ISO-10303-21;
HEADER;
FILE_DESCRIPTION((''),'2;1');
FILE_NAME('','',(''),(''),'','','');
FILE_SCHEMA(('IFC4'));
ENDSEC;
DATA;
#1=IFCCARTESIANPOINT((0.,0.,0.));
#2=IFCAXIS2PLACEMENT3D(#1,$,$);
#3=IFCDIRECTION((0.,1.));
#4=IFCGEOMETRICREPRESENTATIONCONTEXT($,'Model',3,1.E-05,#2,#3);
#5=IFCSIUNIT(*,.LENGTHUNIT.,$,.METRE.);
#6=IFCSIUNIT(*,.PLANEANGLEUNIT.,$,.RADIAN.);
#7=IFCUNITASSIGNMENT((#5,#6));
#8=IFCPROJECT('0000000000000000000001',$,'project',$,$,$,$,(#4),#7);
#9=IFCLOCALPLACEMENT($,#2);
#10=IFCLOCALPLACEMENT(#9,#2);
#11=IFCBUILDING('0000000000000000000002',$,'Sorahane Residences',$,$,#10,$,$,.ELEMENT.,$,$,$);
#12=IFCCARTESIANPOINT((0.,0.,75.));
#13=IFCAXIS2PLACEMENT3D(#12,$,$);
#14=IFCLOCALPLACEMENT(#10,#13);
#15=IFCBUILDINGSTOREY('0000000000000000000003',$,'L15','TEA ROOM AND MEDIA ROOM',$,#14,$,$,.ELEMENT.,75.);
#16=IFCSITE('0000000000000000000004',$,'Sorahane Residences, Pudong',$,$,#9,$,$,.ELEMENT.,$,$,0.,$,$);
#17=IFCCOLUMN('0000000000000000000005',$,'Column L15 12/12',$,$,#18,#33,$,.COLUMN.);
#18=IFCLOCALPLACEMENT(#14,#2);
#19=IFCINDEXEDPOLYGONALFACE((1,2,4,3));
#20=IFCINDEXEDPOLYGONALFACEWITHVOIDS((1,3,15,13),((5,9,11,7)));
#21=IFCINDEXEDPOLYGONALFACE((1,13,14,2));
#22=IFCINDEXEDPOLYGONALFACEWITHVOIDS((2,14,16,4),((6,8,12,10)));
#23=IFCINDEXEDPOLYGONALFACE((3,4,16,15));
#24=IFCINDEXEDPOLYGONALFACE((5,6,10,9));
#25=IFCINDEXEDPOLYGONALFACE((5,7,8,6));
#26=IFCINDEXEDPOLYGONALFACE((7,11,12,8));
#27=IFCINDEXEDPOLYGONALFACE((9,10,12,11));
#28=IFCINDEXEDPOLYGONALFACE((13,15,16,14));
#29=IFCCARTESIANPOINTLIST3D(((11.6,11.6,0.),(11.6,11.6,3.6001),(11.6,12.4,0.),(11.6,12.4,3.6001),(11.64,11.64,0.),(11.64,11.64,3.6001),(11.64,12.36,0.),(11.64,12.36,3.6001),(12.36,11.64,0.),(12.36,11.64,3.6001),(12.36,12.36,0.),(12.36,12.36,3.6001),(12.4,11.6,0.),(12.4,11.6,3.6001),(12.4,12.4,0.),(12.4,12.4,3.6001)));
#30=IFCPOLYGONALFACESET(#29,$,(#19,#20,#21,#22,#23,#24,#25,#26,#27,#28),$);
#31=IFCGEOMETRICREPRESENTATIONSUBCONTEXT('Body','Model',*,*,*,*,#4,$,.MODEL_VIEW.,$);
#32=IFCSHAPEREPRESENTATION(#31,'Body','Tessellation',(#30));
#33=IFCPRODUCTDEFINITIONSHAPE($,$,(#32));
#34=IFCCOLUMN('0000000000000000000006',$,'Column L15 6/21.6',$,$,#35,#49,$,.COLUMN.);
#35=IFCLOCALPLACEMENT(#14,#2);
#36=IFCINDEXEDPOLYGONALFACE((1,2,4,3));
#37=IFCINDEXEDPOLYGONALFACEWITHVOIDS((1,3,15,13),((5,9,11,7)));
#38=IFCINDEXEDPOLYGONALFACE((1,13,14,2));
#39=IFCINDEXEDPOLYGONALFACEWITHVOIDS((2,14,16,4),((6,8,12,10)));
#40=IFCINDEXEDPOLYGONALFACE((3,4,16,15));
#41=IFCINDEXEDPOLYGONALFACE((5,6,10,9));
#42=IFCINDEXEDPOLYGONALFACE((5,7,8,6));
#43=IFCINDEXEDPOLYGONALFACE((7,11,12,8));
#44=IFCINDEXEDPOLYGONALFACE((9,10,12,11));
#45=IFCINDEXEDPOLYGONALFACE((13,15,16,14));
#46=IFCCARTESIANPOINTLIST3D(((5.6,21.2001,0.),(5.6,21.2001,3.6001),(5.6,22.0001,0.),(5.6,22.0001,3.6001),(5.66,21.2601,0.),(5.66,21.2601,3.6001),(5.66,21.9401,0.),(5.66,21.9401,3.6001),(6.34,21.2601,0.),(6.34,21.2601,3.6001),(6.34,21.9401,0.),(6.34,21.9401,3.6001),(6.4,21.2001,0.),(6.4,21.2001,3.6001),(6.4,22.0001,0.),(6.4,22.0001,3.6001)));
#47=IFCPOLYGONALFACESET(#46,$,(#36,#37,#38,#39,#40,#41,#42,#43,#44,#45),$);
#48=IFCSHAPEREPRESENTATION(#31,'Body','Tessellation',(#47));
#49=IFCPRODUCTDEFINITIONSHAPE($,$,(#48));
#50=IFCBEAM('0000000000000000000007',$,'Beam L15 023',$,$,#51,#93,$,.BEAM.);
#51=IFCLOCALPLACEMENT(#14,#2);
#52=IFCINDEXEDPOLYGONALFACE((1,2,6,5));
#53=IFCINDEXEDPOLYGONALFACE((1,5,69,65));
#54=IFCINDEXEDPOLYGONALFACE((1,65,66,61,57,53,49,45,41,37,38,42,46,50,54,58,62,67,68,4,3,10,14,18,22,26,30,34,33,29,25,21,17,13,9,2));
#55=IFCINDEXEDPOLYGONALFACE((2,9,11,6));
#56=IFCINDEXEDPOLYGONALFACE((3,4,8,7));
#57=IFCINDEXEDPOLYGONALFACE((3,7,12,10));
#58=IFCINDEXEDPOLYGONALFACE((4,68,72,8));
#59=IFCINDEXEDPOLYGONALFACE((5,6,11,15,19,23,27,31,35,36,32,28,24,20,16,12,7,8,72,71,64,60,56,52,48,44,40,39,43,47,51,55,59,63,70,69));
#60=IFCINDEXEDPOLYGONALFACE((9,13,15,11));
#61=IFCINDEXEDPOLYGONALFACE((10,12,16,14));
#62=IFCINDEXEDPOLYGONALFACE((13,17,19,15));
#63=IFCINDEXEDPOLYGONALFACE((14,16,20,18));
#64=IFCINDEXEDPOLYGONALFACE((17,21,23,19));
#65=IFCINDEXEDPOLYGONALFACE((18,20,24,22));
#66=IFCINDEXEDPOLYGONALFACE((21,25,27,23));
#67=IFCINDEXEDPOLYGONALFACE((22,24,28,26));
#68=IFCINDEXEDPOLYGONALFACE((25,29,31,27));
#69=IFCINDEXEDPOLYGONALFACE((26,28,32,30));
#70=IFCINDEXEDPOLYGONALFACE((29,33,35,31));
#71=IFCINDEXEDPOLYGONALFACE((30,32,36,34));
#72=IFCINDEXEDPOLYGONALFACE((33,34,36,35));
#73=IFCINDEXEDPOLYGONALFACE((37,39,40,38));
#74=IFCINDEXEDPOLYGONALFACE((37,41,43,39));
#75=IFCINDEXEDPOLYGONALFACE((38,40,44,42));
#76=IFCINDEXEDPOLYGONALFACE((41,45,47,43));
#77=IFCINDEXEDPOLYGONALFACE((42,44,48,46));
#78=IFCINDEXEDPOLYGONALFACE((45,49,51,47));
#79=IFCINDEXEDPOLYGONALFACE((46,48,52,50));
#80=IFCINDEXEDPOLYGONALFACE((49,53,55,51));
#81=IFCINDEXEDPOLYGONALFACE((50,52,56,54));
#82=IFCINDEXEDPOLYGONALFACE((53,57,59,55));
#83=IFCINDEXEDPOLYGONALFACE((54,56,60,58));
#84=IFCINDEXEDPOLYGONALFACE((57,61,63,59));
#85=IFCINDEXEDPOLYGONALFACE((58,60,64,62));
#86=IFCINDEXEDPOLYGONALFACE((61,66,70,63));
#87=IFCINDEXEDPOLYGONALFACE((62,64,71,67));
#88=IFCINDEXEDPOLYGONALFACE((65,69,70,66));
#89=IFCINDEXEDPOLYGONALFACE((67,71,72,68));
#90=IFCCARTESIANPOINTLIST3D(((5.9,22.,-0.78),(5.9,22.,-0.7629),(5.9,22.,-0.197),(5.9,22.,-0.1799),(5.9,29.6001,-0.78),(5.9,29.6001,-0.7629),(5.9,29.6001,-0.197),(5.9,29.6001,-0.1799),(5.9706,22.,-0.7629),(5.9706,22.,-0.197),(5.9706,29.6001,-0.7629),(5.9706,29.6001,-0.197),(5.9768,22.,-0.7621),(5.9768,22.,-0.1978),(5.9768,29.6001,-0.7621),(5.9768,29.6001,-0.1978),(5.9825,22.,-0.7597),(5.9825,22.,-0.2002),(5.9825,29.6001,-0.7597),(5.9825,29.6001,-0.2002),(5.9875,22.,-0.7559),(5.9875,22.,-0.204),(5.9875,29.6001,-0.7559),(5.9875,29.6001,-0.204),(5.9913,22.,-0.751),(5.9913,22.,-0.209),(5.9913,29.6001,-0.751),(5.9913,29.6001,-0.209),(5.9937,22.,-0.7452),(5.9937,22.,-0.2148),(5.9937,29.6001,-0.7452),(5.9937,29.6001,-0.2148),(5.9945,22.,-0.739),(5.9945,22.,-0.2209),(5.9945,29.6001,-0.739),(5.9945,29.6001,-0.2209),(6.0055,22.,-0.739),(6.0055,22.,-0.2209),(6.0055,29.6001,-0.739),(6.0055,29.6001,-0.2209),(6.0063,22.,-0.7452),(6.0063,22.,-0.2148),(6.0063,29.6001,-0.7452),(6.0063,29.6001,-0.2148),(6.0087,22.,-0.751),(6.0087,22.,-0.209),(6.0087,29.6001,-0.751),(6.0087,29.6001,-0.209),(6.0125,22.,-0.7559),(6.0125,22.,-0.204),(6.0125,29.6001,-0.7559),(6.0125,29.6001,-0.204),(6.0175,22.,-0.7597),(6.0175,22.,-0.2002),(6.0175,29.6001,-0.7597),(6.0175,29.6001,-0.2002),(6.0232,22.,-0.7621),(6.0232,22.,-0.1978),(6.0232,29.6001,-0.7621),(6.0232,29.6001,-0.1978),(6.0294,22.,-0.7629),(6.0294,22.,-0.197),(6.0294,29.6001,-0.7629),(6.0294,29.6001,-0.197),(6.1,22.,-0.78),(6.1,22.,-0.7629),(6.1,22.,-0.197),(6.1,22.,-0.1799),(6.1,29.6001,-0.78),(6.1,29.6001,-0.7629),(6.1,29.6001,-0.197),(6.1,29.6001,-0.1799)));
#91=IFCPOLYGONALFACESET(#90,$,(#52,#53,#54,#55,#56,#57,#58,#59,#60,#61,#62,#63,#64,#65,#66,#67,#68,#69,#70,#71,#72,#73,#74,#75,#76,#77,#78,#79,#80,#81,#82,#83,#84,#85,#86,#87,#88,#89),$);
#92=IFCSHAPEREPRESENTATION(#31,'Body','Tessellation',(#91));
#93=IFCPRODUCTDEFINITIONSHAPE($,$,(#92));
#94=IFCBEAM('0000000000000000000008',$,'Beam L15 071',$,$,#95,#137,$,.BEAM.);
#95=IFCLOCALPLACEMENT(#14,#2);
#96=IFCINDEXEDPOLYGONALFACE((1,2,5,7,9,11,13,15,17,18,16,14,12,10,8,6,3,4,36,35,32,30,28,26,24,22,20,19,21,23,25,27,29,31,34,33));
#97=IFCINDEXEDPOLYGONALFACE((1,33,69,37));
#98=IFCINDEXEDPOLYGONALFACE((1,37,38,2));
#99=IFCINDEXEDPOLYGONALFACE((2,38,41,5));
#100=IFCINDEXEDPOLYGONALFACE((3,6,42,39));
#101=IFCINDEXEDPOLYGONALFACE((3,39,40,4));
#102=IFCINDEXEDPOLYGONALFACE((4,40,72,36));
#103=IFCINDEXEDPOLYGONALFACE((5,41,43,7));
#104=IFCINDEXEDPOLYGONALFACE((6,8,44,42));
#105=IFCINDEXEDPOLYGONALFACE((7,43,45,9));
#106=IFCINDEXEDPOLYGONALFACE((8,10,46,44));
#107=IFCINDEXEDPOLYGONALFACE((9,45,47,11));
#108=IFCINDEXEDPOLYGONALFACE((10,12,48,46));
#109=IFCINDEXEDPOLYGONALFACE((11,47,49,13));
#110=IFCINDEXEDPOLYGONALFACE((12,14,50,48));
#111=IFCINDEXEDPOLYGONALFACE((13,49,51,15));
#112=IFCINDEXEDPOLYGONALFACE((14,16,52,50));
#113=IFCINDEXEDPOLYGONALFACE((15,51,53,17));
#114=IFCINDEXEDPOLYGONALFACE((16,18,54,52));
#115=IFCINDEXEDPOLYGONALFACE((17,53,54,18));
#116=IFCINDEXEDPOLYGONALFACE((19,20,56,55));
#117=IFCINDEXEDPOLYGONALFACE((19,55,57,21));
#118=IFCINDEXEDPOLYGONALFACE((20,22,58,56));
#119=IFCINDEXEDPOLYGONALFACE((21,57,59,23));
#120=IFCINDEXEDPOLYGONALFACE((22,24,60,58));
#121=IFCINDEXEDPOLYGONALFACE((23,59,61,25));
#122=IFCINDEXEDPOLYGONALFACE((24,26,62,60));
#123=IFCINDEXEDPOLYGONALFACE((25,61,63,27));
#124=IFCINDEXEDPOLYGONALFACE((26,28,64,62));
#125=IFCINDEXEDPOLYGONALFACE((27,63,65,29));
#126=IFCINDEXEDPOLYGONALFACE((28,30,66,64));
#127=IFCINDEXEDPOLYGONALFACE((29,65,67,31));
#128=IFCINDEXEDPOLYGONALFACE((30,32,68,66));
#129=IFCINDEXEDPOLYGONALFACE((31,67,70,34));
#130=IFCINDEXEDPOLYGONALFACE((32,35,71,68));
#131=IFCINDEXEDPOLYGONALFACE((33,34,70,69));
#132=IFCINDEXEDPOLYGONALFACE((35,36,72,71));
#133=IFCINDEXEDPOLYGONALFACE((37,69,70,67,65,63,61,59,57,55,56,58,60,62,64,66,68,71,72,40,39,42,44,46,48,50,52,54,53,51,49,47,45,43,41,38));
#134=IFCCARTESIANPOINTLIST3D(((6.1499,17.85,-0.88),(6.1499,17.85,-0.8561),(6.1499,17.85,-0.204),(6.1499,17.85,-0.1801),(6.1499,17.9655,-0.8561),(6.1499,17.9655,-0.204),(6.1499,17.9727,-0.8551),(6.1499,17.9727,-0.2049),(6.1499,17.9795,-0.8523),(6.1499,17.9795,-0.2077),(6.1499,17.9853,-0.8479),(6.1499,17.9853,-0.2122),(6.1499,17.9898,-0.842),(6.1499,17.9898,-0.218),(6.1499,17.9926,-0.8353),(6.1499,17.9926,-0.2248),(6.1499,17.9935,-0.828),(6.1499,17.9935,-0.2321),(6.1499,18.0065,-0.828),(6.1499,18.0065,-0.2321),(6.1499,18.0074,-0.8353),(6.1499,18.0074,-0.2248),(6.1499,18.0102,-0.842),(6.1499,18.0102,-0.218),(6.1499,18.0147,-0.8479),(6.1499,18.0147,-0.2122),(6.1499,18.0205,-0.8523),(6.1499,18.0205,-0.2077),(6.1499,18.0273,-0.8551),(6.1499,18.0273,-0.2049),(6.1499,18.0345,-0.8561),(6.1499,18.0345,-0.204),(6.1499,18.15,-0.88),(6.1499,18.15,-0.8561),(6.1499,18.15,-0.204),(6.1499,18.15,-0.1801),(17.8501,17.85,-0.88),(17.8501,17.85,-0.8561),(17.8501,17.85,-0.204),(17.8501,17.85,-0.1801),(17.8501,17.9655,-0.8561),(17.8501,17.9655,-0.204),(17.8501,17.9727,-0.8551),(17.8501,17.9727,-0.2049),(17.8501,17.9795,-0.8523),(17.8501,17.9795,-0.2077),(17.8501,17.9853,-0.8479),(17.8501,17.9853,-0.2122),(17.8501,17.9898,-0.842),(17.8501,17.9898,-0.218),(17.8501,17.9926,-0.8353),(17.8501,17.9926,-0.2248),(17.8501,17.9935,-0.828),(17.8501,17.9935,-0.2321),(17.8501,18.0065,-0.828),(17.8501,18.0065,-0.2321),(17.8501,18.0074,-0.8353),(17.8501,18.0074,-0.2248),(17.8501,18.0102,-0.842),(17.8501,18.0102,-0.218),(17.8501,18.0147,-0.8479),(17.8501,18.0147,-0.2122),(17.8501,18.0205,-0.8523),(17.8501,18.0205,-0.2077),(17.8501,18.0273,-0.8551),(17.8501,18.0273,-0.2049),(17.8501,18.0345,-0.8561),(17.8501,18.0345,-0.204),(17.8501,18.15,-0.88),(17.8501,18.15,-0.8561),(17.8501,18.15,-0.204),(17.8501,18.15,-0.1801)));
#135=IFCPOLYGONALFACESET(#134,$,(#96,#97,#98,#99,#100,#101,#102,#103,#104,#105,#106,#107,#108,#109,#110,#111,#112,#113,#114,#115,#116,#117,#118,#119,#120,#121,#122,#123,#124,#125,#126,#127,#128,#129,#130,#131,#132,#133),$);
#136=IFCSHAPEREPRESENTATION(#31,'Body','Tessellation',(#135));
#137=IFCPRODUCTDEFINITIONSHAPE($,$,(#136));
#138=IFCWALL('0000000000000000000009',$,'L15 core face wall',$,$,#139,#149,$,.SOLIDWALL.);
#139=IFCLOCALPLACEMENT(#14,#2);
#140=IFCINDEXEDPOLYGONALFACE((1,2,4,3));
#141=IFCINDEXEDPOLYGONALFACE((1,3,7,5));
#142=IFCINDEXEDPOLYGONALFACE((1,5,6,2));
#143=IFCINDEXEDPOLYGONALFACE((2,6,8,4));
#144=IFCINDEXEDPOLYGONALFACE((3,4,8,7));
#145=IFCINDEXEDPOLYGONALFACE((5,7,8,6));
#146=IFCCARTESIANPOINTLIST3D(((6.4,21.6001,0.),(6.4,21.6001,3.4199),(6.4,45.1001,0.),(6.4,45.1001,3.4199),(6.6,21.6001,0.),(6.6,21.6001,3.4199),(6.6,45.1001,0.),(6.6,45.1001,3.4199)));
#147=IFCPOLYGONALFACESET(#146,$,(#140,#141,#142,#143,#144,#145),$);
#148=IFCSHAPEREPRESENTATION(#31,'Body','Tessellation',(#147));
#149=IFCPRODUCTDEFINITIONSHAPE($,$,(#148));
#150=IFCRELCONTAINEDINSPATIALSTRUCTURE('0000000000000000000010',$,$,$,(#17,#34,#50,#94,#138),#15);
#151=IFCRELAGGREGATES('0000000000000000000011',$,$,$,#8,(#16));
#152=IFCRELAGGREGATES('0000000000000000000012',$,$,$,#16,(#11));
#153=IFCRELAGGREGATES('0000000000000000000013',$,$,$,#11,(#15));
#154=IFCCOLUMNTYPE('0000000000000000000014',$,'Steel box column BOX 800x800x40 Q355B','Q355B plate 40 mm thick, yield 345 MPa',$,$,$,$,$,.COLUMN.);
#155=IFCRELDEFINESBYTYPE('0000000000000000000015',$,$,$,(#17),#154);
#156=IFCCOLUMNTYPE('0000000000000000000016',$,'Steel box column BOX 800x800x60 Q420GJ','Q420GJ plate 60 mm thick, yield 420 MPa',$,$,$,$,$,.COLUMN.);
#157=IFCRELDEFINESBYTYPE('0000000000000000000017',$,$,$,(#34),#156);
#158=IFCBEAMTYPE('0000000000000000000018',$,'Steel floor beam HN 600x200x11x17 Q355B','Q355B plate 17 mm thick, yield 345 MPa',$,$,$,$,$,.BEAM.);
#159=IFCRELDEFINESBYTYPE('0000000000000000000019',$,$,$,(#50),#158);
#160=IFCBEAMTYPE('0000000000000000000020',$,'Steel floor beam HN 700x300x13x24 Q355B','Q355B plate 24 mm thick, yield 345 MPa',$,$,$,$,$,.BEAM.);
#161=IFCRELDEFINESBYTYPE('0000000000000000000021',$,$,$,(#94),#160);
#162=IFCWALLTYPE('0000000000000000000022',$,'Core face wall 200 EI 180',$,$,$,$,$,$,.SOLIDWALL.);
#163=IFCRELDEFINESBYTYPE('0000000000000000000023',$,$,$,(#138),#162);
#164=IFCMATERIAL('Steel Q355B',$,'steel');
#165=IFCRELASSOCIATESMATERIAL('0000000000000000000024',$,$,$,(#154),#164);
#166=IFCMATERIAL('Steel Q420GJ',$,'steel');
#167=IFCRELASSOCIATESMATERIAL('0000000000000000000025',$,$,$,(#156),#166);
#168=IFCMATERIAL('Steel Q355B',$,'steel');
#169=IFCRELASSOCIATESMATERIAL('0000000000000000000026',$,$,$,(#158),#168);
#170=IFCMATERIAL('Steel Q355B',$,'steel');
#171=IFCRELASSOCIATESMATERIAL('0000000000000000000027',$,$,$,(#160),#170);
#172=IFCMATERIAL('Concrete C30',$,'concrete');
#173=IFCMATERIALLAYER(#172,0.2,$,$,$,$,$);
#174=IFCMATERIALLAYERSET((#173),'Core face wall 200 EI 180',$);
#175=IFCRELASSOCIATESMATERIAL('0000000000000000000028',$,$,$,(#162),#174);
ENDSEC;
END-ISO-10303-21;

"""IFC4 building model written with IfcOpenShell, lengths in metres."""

from ifc_helpers import new_model, si_unit, direction, frame, frame_2d, origin, origin_2d, place, context, subcontext, project, spatial, rectangle, hollow_rectangle, i_section, extrude, material, layer, layer_set, material_profile, profile_set, type_object, element, save


model = new_model("IFC4")

# Units and contexts
model_context = context("Model", 3, precision=1e-05, world=origin(), true_north=direction((0.0, 1.0)))
body_context = subcontext(model_context, "Body", "Model", "MODEL_VIEW")
ifc_project = project(units=[si_unit("LENGTHUNIT", "METRE"), si_unit("PLANEANGLEUNIT", "RADIAN")], contexts=[model_context])

# Site, building, storey
site_placement = place(None, origin())
site = spatial("IfcSite", under=ifc_project, at=site_placement, Name="Sorahane Residences, Pudong", CompositionType="ELEMENT", RefElevation=0.0)
building_placement = place(site_placement, origin())
building = spatial("IfcBuilding", under=site, at=building_placement, Name="Sorahane Residences", CompositionType="ELEMENT")
storey_placement = place(building_placement, frame((0.0, 0.0, 75.0)))
storey = spatial("IfcBuildingStorey", under=building, at=storey_placement, Name="L15", Description="TEA ROOM AND MEDIA ROOM", CompositionType="ELEMENT", Elevation=75.0)

# Columns
ifc_material_1 = material(Name="Steel Q355B", Category="steel")
ifc_material_profile_1 = material_profile(ifc_material_1, hollow_rectangle(XDim=0.8, YDim=0.8, WallThickness=0.04, at=origin_2d()), Name="BOX 800x800x40")
ifc_profile_set_1 = profile_set([ifc_material_profile_1], Name="Steel Q355B")
column_type_1 = type_object("IfcColumnType", Name="Steel box column BOX 800x800x40 Q355B", Description="Q355B plate 40 mm thick, yield 345 MPa", PredefinedType="COLUMN", material=ifc_profile_set_1)
column_1_placement = place(storey_placement, frame((12.0, 12.0, 0.0), z_axis=(0.0, 0.0, 1.0), x_axis=(1.0, 0.0, 0.0)))
element("IfcColumn", 1, at=column_1_placement, inside=storey, type_object=column_type_1, Name="Column L15 12/12", PredefinedType="COLUMN", context=body_context, shape_type="SweptSolid", body=[
    extrude(hollow_rectangle(XDim=0.8, YDim=0.8, WallThickness=0.04, at=origin_2d()), origin(), (0.0, 0.0, 1.0), 3.6001),
])
ifc_material_2 = material(Name="Steel Q420GJ", Category="steel")
ifc_material_profile_2 = material_profile(ifc_material_2, hollow_rectangle(XDim=0.8, YDim=0.8, WallThickness=0.0601, at=origin_2d()), Name="BOX 800x800x60")
ifc_profile_set_2 = profile_set([ifc_material_profile_2], Name="Steel Q420GJ")
column_type_2 = type_object("IfcColumnType", Name="Steel box column BOX 800x800x60 Q420GJ", Description="Q420GJ plate 60 mm thick, yield 420 MPa", PredefinedType="COLUMN", material=ifc_profile_set_2)
column_2_placement = place(storey_placement, frame((6.0, 21.6001, 0.0), z_axis=(0.0, 0.0, 1.0), x_axis=(1.0, 0.0, 0.0)))
element("IfcColumn", 2, at=column_2_placement, inside=storey, type_object=column_type_2, Name="Column L15 6/21.6", PredefinedType="COLUMN", context=body_context, shape_type="SweptSolid", body=[
    extrude(hollow_rectangle(XDim=0.8, YDim=0.8, WallThickness=0.0601, at=origin_2d()), origin(), (0.0, 0.0, 1.0), 3.6001),
])

# Beams
ifc_material_3 = material(Name="Steel Q355B", Category="steel")
ifc_material_profile_3 = material_profile(ifc_material_3, i_section(OverallWidth=0.2, OverallDepth=0.6001, WebThickness=0.011, FlangeThickness=0.0171, FilletRadius=0.0239, at=origin_2d()), Name="HN 600x200x11x17")
ifc_profile_set_3 = profile_set([ifc_material_profile_3], Name="Steel Q355B")
beam_type_1 = type_object("IfcBeamType", Name="Steel floor beam HN 600x200x11x17 Q355B", Description="Q355B plate 17 mm thick, yield 345 MPa", PredefinedType="BEAM", material=ifc_profile_set_3)
beam_1_placement = place(storey_placement, frame((6.0, 22.0, -0.48), z_axis=(0.0, 1.0, 0.0), x_axis=(-1.0, 0.0, 0.0)))
element("IfcBeam", 3, at=beam_1_placement, inside=storey, type_object=beam_type_1, Name="Beam L15 023", PredefinedType="BEAM", context=body_context, shape_type="SweptSolid", body=[
    extrude(i_section(OverallWidth=0.2, OverallDepth=0.6001, WebThickness=0.011, FlangeThickness=0.0171, FilletRadius=0.0239, at=origin_2d()), origin(), (0.0, 0.0, 1.0), 7.6001),
])
ifc_material_4 = material(Name="Steel Q355B", Category="steel")
ifc_material_profile_4 = material_profile(ifc_material_4, i_section(OverallWidth=0.3, OverallDepth=0.7, WebThickness=0.0129, FlangeThickness=0.0239, FilletRadius=0.0281, at=origin_2d()), Name="HN 700x300x13x24")
ifc_profile_set_4 = profile_set([ifc_material_profile_4], Name="Steel Q355B")
beam_type_2 = type_object("IfcBeamType", Name="Steel floor beam HN 700x300x13x24 Q355B", Description="Q355B plate 24 mm thick, yield 345 MPa", PredefinedType="BEAM", material=ifc_profile_set_4)
beam_2_placement = place(storey_placement, frame((6.1499, 18.0, -0.53), z_axis=(1.0, 0.0, 0.0), x_axis=(0.0, 1.0, 0.0)))
element("IfcBeam", 4, at=beam_2_placement, inside=storey, type_object=beam_type_2, Name="Beam L15 071", PredefinedType="BEAM", context=body_context, shape_type="SweptSolid", body=[
    extrude(i_section(OverallWidth=0.3, OverallDepth=0.7, WebThickness=0.0129, FlangeThickness=0.0239, FilletRadius=0.0281, at=origin_2d()), origin(), (0.0, 0.0, 1.0), 11.7002),
])

# Wall
ifc_material_5 = material(Name="Concrete C30", Category="concrete")
ifc_layer_1 = layer(ifc_material_5, 0.2)
ifc_layer_set_1 = layer_set([ifc_layer_1], Name="Core face wall 200 EI 180")
wall_type_1 = type_object("IfcWallType", Name="Core face wall 200 EI 180", PredefinedType="SOLIDWALL", material=ifc_layer_set_1)
wall_1_placement = place(storey_placement, frame((6.5, 21.6001, 0.0), z_axis=(0.0, 0.0, 1.0), x_axis=(0.0, 1.0, 0.0)))
element("IfcWall", 5, at=wall_1_placement, inside=storey, type_object=wall_type_1, Name="L15 core face wall", PredefinedType="SOLIDWALL", context=body_context, shape_type="SweptSolid", body=[
    extrude(rectangle(XDim=23.5, YDim=0.2, at=frame_2d((11.75, 0.0))), origin(), (0.0, 0.0, 1.0), 3.4199),
])

save(model, "model.ifc")
